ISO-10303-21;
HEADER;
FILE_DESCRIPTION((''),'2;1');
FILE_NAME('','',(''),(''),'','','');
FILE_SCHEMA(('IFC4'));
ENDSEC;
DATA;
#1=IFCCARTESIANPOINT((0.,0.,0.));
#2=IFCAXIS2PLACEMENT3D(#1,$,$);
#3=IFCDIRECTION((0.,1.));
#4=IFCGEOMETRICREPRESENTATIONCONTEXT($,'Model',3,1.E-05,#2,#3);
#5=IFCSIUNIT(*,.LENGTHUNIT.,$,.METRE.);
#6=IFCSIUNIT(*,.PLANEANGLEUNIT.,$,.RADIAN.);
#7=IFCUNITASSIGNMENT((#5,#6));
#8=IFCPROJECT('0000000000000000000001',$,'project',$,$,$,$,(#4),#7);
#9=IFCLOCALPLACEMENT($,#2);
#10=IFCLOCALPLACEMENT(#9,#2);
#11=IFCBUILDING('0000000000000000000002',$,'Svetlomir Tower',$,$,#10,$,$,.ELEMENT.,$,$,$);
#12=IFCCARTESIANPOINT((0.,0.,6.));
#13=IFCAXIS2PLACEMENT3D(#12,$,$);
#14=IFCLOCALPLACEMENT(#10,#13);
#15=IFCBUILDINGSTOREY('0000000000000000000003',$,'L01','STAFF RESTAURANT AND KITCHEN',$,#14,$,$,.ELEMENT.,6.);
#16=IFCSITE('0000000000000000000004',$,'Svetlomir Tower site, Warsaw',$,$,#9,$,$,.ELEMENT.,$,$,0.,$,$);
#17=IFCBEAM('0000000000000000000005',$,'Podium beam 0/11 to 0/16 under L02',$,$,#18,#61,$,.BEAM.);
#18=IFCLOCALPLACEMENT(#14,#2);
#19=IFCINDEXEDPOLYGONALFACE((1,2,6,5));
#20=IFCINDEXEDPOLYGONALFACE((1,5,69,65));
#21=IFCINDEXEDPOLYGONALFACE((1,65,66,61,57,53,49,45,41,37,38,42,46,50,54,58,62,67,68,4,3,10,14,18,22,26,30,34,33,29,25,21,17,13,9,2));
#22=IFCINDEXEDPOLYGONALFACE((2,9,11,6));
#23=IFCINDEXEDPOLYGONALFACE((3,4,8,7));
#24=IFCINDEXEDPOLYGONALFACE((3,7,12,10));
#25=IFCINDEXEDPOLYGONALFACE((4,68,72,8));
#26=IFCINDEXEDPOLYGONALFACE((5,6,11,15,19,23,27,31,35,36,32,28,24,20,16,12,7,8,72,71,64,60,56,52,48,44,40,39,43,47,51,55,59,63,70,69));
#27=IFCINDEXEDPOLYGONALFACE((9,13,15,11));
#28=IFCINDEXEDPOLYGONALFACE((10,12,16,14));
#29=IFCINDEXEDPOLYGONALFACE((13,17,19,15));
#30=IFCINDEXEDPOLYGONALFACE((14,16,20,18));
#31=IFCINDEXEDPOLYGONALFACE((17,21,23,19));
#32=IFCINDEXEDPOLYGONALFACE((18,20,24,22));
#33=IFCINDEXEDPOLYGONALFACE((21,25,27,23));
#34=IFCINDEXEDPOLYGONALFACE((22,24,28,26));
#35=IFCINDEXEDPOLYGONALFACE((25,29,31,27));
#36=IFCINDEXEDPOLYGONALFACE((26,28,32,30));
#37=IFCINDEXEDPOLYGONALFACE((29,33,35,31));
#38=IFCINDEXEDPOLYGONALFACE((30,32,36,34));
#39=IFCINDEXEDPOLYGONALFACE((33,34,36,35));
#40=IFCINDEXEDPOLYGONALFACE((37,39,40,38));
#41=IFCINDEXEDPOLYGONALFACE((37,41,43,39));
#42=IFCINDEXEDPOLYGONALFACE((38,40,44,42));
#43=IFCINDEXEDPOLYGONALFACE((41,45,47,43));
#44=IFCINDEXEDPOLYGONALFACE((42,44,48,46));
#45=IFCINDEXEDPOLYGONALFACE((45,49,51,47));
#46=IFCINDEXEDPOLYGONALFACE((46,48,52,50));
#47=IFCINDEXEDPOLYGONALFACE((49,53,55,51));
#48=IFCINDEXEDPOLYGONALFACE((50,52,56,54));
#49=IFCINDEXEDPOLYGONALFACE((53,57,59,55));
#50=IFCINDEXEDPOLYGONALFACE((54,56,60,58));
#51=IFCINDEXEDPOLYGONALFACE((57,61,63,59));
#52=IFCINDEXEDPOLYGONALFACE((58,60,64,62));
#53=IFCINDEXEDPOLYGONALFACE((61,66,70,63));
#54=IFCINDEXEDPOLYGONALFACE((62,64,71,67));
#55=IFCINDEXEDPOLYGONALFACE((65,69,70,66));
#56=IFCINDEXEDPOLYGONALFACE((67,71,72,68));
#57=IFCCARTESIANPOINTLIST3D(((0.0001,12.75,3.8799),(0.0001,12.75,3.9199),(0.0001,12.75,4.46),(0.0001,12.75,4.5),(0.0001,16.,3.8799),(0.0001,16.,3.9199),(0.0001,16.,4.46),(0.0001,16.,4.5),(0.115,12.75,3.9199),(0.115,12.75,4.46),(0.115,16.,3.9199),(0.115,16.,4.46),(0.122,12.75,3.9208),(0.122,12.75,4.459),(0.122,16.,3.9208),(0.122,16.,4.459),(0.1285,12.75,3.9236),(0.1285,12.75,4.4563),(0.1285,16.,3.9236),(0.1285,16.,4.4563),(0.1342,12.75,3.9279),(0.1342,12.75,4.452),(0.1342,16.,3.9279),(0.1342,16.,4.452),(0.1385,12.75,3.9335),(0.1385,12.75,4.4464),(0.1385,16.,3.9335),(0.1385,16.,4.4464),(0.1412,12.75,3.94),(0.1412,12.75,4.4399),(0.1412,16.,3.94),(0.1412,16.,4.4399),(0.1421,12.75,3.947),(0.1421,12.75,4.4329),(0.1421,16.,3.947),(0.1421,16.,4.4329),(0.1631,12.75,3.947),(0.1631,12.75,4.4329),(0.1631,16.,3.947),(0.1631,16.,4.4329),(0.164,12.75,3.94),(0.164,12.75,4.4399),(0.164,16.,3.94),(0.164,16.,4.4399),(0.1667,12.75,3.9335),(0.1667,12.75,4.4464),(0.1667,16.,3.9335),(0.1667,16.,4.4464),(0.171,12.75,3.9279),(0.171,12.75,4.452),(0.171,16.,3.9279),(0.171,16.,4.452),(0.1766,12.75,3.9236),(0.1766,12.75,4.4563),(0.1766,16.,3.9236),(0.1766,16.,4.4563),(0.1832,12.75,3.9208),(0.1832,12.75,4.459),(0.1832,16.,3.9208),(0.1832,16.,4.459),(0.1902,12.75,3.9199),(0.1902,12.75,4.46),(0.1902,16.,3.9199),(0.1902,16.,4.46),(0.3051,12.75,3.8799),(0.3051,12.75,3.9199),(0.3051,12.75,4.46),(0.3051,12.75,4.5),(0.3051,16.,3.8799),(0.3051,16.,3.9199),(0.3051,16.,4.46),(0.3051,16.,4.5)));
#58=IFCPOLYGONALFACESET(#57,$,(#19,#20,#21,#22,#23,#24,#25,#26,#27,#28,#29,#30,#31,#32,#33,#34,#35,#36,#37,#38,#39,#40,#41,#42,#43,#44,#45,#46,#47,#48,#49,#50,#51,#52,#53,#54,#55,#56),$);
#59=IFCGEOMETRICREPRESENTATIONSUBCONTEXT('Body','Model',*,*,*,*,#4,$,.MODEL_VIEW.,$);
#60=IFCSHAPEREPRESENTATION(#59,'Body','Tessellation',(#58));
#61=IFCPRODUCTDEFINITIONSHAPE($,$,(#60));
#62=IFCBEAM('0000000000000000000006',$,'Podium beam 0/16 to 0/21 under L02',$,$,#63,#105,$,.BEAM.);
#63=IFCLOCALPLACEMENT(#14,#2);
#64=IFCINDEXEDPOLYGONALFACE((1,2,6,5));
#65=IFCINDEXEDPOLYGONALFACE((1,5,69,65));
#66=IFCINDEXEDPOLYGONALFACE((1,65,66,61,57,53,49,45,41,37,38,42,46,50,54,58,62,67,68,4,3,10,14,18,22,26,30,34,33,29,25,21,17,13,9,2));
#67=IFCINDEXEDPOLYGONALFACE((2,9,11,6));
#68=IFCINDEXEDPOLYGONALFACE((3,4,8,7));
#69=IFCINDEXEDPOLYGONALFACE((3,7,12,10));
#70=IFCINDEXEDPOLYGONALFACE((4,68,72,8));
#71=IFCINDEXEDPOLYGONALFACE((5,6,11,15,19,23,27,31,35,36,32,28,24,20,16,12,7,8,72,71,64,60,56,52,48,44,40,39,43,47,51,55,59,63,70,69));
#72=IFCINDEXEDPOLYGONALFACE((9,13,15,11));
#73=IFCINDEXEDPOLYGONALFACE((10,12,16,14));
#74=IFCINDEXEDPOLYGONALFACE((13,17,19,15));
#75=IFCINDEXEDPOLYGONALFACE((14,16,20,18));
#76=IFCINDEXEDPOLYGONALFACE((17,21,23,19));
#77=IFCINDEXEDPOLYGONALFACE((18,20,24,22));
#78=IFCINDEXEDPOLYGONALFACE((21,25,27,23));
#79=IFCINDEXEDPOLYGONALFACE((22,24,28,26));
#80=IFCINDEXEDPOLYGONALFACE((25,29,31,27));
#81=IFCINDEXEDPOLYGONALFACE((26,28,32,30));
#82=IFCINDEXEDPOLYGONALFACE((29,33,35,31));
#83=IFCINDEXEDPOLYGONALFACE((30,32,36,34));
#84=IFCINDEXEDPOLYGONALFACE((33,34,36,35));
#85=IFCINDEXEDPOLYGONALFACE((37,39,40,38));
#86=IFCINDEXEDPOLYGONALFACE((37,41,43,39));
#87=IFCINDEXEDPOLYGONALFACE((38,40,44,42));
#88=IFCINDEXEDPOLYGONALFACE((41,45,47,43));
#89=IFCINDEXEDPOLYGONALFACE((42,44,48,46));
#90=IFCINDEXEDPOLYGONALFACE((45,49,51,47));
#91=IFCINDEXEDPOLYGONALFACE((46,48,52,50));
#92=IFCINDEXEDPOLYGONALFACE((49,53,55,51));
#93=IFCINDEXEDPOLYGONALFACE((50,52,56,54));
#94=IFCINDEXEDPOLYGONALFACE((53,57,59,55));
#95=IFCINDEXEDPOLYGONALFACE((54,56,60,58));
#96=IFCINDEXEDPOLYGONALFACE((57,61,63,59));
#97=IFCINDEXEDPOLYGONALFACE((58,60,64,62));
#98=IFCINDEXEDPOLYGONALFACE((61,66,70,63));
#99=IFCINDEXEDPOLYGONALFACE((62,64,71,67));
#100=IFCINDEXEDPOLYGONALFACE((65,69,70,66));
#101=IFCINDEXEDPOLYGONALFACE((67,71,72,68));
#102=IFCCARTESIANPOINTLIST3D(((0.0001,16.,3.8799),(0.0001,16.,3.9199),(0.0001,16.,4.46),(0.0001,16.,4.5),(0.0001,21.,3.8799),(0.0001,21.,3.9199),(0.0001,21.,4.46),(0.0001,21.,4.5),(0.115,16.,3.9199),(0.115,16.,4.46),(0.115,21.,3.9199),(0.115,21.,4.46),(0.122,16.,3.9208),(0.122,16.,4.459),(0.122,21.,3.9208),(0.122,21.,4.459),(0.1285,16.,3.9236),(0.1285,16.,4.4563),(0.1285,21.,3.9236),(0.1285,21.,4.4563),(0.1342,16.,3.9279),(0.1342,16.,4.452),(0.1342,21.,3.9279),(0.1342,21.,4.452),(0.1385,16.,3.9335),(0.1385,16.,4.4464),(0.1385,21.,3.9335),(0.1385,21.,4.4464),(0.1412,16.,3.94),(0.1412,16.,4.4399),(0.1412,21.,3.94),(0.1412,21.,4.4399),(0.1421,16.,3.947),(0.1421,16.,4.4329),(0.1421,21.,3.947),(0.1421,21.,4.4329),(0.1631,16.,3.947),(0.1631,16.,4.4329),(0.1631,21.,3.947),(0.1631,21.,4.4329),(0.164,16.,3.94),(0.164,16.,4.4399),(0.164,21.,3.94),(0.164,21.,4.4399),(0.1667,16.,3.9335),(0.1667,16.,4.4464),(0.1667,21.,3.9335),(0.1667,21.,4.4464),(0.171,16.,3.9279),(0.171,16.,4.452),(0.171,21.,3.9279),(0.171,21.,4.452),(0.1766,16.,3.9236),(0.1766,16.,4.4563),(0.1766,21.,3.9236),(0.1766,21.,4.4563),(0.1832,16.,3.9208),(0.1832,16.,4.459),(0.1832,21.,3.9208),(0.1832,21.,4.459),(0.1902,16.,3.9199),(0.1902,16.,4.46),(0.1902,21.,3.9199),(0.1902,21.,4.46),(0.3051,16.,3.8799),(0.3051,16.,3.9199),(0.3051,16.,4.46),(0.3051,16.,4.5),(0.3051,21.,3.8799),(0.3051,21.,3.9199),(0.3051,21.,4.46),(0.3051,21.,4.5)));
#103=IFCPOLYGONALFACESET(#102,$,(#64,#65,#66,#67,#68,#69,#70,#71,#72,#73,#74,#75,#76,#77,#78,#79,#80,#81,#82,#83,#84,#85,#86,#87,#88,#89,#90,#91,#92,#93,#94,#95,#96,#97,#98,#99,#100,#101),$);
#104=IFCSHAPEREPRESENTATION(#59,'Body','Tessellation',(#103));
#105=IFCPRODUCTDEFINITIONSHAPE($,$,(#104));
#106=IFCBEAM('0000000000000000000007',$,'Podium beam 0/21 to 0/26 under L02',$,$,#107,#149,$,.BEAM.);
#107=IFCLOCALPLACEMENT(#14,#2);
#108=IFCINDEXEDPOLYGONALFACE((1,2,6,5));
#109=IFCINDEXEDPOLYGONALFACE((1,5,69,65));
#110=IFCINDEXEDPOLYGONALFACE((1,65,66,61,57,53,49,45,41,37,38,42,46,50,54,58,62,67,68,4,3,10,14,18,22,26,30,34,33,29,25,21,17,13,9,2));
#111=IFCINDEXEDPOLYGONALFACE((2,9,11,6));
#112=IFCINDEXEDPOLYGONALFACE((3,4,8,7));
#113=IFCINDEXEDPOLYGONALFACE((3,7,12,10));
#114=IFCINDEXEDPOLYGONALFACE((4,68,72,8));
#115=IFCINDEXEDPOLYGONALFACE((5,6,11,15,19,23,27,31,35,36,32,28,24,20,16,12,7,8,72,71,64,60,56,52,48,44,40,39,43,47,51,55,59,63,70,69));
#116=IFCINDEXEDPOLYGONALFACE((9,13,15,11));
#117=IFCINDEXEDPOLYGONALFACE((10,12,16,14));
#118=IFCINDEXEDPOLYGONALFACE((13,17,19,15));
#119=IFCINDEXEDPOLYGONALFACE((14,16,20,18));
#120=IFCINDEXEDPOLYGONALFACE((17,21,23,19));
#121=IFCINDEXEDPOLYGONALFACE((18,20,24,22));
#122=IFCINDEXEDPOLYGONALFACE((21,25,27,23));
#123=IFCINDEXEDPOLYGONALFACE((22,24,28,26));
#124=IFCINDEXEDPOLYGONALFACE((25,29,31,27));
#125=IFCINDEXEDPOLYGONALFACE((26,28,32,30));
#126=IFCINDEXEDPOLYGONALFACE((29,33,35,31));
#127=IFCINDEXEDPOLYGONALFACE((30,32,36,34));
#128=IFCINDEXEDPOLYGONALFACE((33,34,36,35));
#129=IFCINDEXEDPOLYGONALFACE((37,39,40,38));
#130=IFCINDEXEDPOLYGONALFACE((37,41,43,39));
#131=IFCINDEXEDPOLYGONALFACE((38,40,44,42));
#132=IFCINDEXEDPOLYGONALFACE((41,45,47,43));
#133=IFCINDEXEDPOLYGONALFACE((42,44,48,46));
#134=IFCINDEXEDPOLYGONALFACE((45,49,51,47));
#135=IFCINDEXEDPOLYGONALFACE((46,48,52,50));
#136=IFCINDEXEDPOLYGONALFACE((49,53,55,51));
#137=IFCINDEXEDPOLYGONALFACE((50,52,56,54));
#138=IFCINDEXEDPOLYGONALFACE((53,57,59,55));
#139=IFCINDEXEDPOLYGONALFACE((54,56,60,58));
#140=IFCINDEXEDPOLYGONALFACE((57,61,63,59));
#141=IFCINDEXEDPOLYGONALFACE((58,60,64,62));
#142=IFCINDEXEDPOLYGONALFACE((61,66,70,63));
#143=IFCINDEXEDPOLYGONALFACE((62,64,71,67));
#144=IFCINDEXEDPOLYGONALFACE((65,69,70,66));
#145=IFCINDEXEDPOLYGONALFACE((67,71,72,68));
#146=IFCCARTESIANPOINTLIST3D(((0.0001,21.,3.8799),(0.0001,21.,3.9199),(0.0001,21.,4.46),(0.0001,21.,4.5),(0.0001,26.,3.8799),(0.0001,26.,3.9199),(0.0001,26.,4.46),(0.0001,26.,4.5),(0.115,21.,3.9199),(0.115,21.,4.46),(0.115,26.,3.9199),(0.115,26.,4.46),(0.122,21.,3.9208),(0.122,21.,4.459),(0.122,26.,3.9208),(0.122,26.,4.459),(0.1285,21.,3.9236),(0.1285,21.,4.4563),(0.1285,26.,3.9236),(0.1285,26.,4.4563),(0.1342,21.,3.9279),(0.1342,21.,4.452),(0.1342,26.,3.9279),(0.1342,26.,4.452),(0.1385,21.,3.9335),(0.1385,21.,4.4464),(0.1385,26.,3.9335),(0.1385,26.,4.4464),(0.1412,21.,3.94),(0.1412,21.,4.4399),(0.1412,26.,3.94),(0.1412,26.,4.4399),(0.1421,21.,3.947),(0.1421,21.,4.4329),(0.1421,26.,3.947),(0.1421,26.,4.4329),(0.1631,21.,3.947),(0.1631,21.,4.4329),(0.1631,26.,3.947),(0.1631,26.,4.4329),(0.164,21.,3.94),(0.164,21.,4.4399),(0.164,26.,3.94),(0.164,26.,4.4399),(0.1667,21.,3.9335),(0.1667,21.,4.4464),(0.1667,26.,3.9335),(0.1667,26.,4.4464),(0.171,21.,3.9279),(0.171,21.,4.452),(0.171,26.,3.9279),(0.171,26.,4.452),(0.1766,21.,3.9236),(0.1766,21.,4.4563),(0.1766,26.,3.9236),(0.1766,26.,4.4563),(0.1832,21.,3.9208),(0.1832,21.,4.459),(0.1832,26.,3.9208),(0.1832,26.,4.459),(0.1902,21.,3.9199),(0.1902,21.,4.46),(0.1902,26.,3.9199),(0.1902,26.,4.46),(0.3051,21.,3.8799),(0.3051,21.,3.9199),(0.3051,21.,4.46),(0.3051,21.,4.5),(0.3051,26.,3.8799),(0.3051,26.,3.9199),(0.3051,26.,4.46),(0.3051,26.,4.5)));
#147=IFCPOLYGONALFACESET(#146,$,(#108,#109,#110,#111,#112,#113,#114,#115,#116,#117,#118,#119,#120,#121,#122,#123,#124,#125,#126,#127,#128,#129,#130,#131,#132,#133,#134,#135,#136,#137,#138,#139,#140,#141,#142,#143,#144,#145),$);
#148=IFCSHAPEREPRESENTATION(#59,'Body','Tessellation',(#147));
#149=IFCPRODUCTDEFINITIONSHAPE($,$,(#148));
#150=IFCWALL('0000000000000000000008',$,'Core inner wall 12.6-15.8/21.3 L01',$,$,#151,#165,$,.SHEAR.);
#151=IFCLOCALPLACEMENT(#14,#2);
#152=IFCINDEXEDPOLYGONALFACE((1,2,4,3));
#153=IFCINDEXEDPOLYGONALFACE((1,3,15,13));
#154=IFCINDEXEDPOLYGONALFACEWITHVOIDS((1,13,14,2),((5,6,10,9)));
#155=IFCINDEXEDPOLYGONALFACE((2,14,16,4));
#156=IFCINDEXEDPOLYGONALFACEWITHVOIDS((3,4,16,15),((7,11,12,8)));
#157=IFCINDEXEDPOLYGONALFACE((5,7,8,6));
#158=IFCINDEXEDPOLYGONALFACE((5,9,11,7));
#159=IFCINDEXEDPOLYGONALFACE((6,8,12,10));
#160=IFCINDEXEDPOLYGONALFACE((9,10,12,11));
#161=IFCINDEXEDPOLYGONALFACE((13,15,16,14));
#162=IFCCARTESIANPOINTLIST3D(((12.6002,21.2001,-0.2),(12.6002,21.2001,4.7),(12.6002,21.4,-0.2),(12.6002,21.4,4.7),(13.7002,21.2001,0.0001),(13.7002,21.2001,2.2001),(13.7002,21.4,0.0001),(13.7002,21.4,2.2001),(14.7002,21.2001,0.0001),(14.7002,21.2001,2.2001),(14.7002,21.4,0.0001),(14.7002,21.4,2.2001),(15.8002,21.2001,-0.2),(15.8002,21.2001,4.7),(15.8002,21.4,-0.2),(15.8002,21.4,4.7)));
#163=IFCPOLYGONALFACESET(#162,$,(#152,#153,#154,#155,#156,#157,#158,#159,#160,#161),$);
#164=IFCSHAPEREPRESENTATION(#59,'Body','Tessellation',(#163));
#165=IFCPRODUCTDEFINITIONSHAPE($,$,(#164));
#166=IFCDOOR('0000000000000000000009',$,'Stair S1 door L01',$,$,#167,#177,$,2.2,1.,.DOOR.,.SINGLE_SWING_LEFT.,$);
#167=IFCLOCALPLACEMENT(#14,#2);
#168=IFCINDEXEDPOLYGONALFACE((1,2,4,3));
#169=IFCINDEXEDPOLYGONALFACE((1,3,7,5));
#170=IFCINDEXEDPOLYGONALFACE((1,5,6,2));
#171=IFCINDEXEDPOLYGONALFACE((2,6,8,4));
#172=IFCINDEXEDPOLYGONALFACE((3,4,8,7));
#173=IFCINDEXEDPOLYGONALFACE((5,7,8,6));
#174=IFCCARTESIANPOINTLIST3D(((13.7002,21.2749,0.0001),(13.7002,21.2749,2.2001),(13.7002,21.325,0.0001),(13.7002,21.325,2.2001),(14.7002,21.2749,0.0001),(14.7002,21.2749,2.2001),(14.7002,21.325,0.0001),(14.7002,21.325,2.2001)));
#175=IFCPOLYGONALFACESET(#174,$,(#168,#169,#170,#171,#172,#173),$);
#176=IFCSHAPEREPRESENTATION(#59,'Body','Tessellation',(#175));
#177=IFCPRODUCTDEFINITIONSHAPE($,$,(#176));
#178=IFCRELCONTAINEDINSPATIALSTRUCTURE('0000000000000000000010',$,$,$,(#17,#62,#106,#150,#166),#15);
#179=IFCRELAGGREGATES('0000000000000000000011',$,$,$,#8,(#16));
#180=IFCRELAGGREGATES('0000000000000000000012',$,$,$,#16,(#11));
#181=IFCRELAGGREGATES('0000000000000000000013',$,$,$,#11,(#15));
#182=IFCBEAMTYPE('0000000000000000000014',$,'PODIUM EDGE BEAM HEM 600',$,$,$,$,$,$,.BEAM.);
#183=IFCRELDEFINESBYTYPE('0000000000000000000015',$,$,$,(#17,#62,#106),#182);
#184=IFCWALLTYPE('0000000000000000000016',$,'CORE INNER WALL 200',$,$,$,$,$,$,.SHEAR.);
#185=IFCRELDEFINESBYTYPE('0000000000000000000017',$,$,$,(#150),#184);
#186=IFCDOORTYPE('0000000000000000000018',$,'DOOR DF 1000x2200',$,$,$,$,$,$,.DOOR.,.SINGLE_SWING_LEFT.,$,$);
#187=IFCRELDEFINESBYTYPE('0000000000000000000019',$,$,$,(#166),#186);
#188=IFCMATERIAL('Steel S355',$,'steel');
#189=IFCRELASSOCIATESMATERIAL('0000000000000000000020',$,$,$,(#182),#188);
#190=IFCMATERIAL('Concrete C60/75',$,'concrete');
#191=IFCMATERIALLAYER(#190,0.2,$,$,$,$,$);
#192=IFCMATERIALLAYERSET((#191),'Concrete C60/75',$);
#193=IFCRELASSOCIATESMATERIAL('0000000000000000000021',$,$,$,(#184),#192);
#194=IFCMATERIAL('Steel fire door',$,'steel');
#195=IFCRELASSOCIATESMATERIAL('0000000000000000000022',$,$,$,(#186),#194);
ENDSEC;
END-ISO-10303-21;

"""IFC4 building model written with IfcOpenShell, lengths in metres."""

from ifc_helpers import new_model, si_unit, direction, frame, frame_2d, origin, origin_2d, place, context, subcontext, project, spatial, rectangle, i_section, extrude, material, layer, layer_set, material_profile, profile_set, type_object, element, fill, save


model = new_model("IFC4")

# Units and contexts
model_context = context("Model", 3, precision=1e-05, world=origin(), true_north=direction((0.0, 1.0)))
body_context = subcontext(model_context, "Body", "Model", "MODEL_VIEW")
ifc_project = project(units=[si_unit("LENGTHUNIT", "METRE"), si_unit("PLANEANGLEUNIT", "RADIAN")], contexts=[model_context])

# Site, building, storey
site_placement = place(None, origin())
site = spatial("IfcSite", under=ifc_project, at=site_placement, Name="Svetlomir Tower site, Warsaw", CompositionType="ELEMENT", RefElevation=0.0)
building_placement = place(site_placement, origin())
building = spatial("IfcBuilding", under=site, at=building_placement, Name="Svetlomir Tower", CompositionType="ELEMENT")
storey_placement = place(building_placement, frame((0.0, 0.0, 6.0)))
storey = spatial("IfcBuildingStorey", under=building, at=storey_placement, Name="L01", Description="STAFF RESTAURANT AND KITCHEN", CompositionType="ELEMENT", Elevation=6.0)

# Beams
ifc_material_1 = material(Name="Steel S355", Category="steel")
ifc_material_profile_1 = material_profile(ifc_material_1, i_section(OverallWidth=0.3049, OverallDepth=0.6201, WebThickness=0.021, FlangeThickness=0.04, FilletRadius=0.0271, at=origin_2d()), Name="HEM 600")
ifc_profile_set_1 = profile_set([ifc_material_profile_1], Name="Steel S355")
beam_type_1 = type_object("IfcBeamType", Name="PODIUM EDGE BEAM HEM 600", PredefinedType="BEAM", material=ifc_profile_set_1)
beam_1_placement = place(storey_placement, frame((0.1526, 12.75, 4.1899), z_axis=(0.0, 1.0, 0.0), x_axis=(-1.0, 0.0, 0.0)))
element("IfcBeam", 1, at=beam_1_placement, inside=storey, type_object=beam_type_1, Name="Podium beam 0/11 to 0/16 under L02", PredefinedType="BEAM", context=body_context, shape_type="SweptSolid", body=[
    extrude(i_section(OverallWidth=0.3049, OverallDepth=0.6201, WebThickness=0.021, FlangeThickness=0.04, FilletRadius=0.0271, at=origin_2d()), origin(), (0.0, 0.0, 1.0), 3.25),
])
for number, where, z_axis, x_axis, name in (
    (2, (0.1526, 16.0, 4.1899), (0.0, 1.0, 0.0), (-1.0, 0.0, 0.0), "Podium beam 0/16 to 0/21 under L02"),
    (3, (0.1526, 21.0, 4.1899), (0.0, 1.0, 0.0), (-1.0, 0.0, 0.0), "Podium beam 0/21 to 0/26 under L02"),
):
    element("IfcBeam", number, at=place(storey_placement, frame(where, z_axis=z_axis, x_axis=x_axis)), inside=storey, type_object=beam_type_1, Name=name, PredefinedType="BEAM", context=body_context, shape_type="SweptSolid", body=[
        extrude(i_section(OverallWidth=0.3049, OverallDepth=0.6201, WebThickness=0.021, FlangeThickness=0.04, FilletRadius=0.0271, at=origin_2d()), origin(), (0.0, 0.0, 1.0), 5.0),
    ])

# Wall, opening, door
ifc_material_2 = material(Name="Concrete C60/75", Category="concrete")
ifc_layer_1 = layer(ifc_material_2, 0.2)
ifc_layer_set_1 = layer_set([ifc_layer_1], Name="Concrete C60/75")
wall_type_1 = type_object("IfcWallType", Name="CORE INNER WALL 200", PredefinedType="SHEAR", material=ifc_layer_set_1)
wall_1_placement = place(storey_placement, frame((12.6001, 21.3, -0.2), z_axis=(0.0, 0.0, 1.0), x_axis=(1.0, 0.0, 0.0)))
wall_1 = element("IfcWall", 4, at=wall_1_placement, inside=storey, type_object=wall_type_1, Name="Core inner wall 12.6-15.8/21.3 L01", PredefinedType="SHEAR", context=body_context, shape_type="SweptSolid", body=[
    extrude(rectangle(XDim=3.2, YDim=0.2, at=frame_2d((1.6001, 0.0))), origin(), (0.0, 0.0, 1.0), 4.8999),
])
opening_1_placement = place(wall_1_placement, frame((1.1001, 0.0, 0.2)))
opening_1 = element("IfcOpeningElement", 5, at=opening_1_placement, cuts=wall_1, PredefinedType="OPENING", context=body_context, shape_type="SweptSolid", body=[
    extrude(rectangle(XDim=1.0, YDim=2.2, at=frame_2d((0.5, 1.1001))), frame((0.0, 0.1099, 0.0), z_axis=(0.0, -1.0, 0.0), x_axis=(1.0, 0.0, 0.0)), (0.0, 0.0, 1.0), 0.22),
])
ifc_material_3 = material(Name="Steel fire door", Category="steel")
door_type_1 = type_object("IfcDoorType", Name="DOOR DF 1000x2200", OperationType="SINGLE_SWING_LEFT", PredefinedType="DOOR", material=ifc_material_3)
door_1_placement = place(opening_1_placement, origin())
door_1 = element("IfcDoor", 6, at=door_1_placement, inside=storey, type_object=door_type_1, Name="Stair S1 door L01", OperationType="SINGLE_SWING_LEFT", OverallHeight=2.2, OverallWidth=1.0, PredefinedType="DOOR", context=body_context, shape_type="SweptSolid", body=[
    extrude(rectangle(XDim=1.0, YDim=2.2, at=frame_2d((0.5, 1.1001))), frame((0.0, 0.0249, 0.0), z_axis=(0.0, -1.0, 0.0), x_axis=(1.0, 0.0, 0.0)), (0.0, 0.0, 1.0), 0.05),
])
fill(opening_1, door_1)

save(model, "model.ifc")
